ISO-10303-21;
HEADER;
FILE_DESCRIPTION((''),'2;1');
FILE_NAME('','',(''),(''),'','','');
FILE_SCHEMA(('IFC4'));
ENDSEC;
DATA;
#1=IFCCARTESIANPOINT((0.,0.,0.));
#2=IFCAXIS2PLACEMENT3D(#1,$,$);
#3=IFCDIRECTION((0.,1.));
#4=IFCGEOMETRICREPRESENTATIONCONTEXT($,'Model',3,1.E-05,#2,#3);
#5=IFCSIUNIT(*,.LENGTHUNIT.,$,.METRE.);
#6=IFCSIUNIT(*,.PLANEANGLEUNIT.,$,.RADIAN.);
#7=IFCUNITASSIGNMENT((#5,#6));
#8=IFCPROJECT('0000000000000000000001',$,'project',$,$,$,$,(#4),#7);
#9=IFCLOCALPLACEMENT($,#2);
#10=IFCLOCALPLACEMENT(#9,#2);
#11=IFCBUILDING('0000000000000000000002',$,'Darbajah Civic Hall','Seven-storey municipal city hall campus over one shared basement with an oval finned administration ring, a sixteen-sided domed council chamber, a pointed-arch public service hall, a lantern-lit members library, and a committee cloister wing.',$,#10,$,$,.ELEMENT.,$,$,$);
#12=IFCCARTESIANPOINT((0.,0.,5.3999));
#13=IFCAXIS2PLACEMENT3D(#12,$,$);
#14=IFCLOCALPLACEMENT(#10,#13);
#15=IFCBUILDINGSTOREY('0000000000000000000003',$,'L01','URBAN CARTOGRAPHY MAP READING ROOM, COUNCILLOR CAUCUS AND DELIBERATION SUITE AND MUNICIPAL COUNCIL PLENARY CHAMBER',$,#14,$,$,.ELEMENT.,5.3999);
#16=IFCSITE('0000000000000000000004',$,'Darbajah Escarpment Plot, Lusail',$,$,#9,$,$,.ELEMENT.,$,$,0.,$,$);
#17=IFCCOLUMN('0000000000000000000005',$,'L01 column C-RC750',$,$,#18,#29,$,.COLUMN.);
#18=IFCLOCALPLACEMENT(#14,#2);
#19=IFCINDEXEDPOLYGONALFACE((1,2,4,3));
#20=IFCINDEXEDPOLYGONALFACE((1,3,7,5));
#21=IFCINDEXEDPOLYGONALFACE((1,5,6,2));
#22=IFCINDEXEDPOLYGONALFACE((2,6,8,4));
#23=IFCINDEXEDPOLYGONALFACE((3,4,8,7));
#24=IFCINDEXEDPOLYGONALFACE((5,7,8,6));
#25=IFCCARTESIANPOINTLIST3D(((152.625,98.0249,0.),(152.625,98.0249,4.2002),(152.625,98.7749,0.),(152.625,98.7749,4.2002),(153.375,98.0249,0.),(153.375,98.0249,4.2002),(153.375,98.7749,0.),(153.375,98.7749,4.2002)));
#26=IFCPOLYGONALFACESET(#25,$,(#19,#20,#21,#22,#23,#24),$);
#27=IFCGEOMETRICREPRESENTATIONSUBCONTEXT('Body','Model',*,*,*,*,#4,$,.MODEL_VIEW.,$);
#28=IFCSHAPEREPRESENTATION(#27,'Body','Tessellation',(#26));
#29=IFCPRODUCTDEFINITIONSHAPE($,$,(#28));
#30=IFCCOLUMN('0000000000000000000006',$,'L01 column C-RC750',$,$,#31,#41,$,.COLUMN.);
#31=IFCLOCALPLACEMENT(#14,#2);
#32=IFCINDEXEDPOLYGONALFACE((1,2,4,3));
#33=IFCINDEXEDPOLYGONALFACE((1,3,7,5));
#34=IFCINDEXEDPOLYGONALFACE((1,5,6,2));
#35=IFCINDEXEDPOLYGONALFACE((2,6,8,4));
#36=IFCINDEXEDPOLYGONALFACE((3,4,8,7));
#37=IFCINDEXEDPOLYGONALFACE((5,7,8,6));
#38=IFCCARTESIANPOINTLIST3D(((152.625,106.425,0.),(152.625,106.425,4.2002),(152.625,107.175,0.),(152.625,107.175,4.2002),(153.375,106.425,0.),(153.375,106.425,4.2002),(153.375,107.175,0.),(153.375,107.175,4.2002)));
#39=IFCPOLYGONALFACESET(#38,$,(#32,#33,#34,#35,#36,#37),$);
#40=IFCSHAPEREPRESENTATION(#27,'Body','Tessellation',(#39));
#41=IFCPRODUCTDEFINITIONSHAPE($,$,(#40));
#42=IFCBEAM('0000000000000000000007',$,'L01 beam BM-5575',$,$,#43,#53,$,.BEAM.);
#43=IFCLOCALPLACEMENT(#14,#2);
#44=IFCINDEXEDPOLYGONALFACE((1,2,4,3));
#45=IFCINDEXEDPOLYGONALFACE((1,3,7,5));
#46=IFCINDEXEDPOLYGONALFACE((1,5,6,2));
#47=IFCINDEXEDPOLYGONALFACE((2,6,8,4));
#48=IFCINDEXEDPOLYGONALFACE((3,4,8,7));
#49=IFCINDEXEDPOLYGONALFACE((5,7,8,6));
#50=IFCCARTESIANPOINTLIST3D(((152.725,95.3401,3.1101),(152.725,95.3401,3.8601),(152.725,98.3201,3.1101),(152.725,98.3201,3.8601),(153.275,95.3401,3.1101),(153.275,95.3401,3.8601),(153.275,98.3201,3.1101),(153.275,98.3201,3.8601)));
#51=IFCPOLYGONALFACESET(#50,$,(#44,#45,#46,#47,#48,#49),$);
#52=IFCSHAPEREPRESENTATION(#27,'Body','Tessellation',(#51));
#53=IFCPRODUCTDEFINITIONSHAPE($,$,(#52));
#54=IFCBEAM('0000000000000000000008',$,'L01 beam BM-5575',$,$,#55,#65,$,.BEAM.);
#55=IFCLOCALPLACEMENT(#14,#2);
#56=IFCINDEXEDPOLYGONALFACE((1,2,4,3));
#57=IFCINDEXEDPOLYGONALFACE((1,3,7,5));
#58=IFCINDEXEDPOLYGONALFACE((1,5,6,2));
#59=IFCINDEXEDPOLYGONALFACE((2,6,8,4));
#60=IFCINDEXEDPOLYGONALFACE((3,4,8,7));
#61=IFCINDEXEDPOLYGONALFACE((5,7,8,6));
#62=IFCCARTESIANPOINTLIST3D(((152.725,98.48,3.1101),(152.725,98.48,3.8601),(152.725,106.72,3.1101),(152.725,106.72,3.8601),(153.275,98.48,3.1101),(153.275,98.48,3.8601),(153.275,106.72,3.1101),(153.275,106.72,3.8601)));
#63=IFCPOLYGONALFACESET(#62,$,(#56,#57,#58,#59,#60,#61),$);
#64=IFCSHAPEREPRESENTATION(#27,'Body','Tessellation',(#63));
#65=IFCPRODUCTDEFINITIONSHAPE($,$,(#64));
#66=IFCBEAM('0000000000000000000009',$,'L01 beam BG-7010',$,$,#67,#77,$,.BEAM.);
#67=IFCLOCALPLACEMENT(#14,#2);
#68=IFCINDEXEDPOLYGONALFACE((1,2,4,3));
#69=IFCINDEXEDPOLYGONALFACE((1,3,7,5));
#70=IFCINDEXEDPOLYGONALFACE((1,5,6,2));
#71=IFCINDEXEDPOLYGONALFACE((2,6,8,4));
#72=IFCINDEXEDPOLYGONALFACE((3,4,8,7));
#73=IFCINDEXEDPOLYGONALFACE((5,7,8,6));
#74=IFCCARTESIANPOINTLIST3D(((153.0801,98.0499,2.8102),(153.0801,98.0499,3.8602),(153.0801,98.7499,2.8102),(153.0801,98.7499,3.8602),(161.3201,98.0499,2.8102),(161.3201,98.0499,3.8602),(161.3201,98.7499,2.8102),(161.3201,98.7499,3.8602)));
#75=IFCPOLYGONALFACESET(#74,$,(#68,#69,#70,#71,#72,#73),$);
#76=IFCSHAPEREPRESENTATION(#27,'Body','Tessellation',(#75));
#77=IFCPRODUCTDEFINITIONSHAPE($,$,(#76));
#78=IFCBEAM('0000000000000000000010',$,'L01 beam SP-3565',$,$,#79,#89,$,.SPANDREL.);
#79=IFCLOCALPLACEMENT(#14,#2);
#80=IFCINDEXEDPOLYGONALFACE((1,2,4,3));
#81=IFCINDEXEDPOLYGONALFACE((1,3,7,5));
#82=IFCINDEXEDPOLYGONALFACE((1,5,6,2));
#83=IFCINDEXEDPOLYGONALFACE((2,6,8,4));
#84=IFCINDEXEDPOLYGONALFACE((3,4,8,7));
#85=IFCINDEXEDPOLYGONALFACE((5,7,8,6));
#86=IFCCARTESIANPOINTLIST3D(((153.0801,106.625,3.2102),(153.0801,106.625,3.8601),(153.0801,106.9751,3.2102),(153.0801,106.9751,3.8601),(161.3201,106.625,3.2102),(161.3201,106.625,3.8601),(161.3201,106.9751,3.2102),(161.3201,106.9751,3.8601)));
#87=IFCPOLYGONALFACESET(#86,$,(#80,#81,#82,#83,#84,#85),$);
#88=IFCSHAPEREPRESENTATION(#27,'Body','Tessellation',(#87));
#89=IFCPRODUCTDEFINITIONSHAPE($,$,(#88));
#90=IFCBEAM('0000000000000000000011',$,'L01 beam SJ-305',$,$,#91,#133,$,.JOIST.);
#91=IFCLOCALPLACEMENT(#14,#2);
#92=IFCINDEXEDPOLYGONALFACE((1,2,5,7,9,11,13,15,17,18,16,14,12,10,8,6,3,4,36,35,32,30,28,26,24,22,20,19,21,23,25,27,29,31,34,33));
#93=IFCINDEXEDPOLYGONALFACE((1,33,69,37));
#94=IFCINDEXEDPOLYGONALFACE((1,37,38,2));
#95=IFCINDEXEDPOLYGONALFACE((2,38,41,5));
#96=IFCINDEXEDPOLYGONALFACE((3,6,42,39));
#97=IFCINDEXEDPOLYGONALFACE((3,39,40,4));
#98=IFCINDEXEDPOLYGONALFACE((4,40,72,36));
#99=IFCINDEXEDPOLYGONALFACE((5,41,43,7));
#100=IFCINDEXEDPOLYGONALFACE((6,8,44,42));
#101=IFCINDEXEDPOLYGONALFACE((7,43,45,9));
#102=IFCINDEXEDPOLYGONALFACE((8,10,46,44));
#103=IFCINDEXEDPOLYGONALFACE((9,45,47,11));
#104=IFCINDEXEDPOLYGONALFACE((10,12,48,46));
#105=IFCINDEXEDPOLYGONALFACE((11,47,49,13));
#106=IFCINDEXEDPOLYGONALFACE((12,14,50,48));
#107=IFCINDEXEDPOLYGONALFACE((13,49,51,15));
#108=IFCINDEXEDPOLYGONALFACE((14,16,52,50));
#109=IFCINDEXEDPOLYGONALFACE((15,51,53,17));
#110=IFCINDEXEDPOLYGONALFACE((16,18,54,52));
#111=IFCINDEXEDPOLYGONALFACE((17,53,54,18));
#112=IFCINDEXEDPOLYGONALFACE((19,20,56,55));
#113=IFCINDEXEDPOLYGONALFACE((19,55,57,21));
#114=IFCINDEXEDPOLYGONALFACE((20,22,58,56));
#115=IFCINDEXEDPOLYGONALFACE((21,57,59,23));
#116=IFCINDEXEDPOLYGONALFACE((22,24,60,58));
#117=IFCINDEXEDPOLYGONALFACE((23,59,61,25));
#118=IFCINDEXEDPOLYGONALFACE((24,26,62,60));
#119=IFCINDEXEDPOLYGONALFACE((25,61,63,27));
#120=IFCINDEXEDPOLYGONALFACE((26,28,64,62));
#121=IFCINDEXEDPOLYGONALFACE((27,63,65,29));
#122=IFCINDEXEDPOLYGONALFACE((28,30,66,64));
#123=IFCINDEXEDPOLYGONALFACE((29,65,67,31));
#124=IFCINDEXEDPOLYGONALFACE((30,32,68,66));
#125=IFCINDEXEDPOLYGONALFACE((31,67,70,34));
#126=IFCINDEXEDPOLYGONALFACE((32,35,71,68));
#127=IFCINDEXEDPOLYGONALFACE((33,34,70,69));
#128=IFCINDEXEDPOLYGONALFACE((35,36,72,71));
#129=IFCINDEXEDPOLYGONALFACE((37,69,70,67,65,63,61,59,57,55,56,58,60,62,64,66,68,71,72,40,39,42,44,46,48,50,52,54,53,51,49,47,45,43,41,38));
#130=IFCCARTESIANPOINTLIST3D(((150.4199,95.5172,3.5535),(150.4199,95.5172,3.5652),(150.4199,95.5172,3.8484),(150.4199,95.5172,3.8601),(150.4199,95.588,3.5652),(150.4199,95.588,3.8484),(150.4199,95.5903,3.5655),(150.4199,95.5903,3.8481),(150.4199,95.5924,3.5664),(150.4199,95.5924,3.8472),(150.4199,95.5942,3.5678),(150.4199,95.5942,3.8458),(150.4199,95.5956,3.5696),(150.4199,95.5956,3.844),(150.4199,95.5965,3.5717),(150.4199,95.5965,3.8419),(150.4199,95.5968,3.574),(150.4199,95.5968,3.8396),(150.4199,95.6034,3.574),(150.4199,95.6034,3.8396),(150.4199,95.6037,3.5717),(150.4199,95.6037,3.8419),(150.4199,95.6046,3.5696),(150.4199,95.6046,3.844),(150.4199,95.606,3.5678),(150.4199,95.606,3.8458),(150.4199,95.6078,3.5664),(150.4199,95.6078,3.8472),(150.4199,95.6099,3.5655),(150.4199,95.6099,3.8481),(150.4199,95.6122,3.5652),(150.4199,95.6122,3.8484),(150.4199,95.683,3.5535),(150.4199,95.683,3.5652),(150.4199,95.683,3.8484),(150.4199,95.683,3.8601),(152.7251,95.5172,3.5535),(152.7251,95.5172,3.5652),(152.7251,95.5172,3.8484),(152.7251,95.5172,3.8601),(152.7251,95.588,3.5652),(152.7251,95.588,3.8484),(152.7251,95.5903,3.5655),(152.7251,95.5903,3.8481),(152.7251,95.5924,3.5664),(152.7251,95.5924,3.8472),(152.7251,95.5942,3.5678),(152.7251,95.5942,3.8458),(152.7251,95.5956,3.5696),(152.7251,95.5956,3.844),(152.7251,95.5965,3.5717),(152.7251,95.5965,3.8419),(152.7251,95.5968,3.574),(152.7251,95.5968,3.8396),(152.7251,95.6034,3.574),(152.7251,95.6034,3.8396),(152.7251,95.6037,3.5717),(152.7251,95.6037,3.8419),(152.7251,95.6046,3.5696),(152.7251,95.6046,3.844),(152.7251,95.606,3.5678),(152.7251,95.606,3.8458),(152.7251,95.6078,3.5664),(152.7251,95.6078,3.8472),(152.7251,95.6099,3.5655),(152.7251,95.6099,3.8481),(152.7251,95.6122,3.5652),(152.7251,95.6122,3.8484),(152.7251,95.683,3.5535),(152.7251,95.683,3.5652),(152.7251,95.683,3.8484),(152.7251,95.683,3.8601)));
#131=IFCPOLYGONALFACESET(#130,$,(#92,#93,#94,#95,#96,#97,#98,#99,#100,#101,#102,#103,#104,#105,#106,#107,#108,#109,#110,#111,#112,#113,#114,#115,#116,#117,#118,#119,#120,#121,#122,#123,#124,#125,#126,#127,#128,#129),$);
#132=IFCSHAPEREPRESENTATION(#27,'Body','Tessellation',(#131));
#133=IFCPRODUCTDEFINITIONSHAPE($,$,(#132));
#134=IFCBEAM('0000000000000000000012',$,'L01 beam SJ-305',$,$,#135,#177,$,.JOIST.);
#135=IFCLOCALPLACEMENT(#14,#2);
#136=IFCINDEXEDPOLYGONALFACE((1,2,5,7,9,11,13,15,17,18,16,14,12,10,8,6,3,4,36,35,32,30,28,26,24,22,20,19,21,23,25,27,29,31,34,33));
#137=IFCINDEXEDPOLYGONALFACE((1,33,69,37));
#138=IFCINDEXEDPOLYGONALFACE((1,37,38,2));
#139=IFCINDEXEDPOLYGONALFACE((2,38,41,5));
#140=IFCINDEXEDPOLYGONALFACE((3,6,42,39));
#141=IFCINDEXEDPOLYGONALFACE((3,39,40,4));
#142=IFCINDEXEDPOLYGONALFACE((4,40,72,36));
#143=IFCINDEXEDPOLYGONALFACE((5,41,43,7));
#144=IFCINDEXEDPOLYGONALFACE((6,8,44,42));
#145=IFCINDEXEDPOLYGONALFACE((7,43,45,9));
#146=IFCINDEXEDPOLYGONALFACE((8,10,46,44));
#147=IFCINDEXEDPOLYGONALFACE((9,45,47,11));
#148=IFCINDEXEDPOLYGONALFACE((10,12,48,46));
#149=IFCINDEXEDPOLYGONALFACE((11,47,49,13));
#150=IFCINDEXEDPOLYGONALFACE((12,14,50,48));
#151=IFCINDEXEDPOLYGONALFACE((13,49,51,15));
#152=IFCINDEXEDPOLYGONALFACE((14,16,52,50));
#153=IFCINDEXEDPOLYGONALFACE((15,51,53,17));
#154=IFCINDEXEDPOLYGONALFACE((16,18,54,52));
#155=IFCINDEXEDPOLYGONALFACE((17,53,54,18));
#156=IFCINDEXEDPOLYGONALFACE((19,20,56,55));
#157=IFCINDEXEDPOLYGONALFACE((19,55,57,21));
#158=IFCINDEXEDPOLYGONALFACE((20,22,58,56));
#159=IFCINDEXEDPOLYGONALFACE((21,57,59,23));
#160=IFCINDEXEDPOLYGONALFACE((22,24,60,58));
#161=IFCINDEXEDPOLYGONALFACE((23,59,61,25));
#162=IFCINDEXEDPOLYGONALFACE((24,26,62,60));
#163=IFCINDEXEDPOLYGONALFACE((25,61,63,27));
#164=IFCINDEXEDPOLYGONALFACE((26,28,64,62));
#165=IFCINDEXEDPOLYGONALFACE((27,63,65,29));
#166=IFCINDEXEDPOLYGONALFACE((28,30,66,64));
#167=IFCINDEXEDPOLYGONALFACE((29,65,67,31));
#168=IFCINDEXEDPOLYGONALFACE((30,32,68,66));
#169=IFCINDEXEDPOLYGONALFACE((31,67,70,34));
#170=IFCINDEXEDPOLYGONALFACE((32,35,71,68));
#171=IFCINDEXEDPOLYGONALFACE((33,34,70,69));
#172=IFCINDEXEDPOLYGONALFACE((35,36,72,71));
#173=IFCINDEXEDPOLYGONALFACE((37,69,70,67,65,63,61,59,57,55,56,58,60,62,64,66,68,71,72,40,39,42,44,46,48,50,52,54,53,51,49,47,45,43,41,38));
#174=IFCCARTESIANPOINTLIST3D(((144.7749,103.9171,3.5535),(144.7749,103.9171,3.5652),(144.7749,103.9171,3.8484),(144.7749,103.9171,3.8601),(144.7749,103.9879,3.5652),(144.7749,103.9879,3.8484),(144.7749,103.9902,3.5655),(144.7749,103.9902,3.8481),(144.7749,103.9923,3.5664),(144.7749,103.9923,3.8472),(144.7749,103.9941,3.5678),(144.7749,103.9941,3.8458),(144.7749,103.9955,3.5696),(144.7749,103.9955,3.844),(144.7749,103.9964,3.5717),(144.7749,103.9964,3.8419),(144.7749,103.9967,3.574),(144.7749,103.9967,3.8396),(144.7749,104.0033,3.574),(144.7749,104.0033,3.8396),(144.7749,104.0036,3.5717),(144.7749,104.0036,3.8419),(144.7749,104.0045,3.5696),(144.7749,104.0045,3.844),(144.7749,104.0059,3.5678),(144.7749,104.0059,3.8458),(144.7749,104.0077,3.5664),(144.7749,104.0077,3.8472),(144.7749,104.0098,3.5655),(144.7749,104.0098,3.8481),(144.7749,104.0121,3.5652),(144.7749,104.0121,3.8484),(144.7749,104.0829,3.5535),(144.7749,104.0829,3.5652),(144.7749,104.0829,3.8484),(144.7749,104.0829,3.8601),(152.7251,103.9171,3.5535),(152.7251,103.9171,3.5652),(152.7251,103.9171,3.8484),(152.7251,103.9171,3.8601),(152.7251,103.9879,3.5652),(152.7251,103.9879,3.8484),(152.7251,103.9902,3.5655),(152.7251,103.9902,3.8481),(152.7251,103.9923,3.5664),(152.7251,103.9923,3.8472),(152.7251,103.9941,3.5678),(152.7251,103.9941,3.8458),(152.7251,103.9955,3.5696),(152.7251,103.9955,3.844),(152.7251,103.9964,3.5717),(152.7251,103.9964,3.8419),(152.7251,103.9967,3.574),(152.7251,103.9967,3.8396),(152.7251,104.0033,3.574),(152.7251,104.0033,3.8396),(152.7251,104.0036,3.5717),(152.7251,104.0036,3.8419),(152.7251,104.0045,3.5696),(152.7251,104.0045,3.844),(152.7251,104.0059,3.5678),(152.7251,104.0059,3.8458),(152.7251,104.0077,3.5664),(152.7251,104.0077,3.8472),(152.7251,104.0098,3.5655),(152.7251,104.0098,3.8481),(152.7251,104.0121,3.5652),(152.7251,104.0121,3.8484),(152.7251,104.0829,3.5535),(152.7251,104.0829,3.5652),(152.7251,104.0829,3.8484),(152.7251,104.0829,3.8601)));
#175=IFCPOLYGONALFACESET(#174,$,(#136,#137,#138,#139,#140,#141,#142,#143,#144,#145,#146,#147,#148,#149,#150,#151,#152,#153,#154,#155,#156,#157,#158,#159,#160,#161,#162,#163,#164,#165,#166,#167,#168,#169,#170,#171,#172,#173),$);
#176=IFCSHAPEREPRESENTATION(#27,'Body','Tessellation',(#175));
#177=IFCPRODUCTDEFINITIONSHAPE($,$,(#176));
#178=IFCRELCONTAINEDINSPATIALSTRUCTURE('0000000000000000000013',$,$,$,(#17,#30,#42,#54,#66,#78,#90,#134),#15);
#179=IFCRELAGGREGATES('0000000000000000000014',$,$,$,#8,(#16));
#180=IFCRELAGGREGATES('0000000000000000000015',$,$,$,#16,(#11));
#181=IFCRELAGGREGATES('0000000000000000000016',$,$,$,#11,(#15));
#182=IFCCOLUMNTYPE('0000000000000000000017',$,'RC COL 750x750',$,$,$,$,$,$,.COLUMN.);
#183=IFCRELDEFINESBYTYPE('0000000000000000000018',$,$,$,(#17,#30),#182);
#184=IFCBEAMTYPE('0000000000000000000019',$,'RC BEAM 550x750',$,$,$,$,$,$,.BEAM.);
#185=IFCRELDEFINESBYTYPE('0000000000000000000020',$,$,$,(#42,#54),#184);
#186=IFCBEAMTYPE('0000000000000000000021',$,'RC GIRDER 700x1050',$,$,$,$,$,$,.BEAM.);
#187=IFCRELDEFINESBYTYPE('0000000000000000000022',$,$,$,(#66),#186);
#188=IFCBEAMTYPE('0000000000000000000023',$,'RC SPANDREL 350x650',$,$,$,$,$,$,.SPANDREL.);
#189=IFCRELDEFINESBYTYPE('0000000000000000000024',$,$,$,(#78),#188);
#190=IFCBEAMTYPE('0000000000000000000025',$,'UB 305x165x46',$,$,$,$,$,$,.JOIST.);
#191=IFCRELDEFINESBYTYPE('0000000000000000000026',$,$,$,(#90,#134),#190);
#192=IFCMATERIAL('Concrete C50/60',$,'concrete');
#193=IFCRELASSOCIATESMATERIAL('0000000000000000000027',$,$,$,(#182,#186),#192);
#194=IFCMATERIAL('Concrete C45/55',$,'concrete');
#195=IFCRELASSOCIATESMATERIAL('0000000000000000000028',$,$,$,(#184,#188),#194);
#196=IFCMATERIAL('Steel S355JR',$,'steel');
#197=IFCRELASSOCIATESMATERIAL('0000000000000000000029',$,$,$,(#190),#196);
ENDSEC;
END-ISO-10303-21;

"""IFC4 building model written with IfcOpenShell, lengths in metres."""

from ifc_helpers import new_model, si_unit, direction, frame, origin, origin_2d, place, context, subcontext, project, spatial, rectangle, i_section, extrude, material, material_profile, profile_set, type_object, element, save


model = new_model("IFC4")

# Units and contexts
model_context = context("Model", 3, precision=1e-05, world=origin(), true_north=direction((0.0, 1.0)))
body_context = subcontext(model_context, "Body", "Model", "MODEL_VIEW")
ifc_project = project(units=[si_unit("LENGTHUNIT", "METRE"), si_unit("PLANEANGLEUNIT", "RADIAN")], contexts=[model_context])

# Site, building, storey
site_placement = place(None, origin())
site = spatial("IfcSite", under=ifc_project, at=site_placement, Name="Darbajah Escarpment Plot, Lusail", CompositionType="ELEMENT", RefElevation=0.0)
building_placement = place(site_placement, origin())
building = spatial("IfcBuilding", under=site, at=building_placement, Name="Darbajah Civic Hall", Description="Seven-storey municipal city hall campus over one shared basement with an oval finned administration ring, a sixteen-sided domed council chamber, a pointed-arch public service hall, a lantern-lit members library, and a committee cloister wing.", CompositionType="ELEMENT")
storey_placement = place(building_placement, frame((0.0, 0.0, 5.3999)))
storey = spatial("IfcBuildingStorey", under=building, at=storey_placement, Name="L01", Description="URBAN CARTOGRAPHY MAP READING ROOM, COUNCILLOR CAUCUS AND DELIBERATION SUITE AND MUNICIPAL COUNCIL PLENARY CHAMBER", CompositionType="ELEMENT", Elevation=5.3999)

# Columns
ifc_material_1 = material(Name="Concrete C50/60", Category="concrete")
ifc_material_profile_1 = material_profile(ifc_material_1, rectangle(XDim=0.75, YDim=0.75, at=origin_2d()), Name="RC COL 750x750")
ifc_profile_set_1 = profile_set([ifc_material_profile_1], Name="Concrete C50/60")
column_type = type_object("IfcColumnType", Name="RC COL 750x750", PredefinedType="COLUMN", material=ifc_profile_set_1)
for number, where, z_axis, x_axis, name in (
    (1, (153.0, 98.3999, 0.0), (0.0, 0.0, 1.0), (1.0, 0.0, 0.0), "L01 column C-RC750"),
    (2, (153.0, 106.8, 0.0), (0.0, 0.0, 1.0), (1.0, 0.0, 0.0), "L01 column C-RC750"),
):
    element("IfcColumn", number, at=place(storey_placement, frame(where, z_axis=z_axis, x_axis=x_axis)), inside=storey, type_object=column_type, Name=name, PredefinedType="COLUMN", context=body_context, shape_type="SweptSolid", body=[
        extrude(rectangle(XDim=0.75, YDim=0.75, at=origin_2d()), origin(), (0.0, 0.0, 1.0), 4.2002),
    ])

# Beams
ifc_material_2 = material(Name="Concrete C45/55", Category="concrete")
ifc_material_profile_2 = material_profile(ifc_material_2, rectangle(XDim=0.55, YDim=0.75, at=origin_2d()), Name="RC BEAM 550x750")
ifc_profile_set_2 = profile_set([ifc_material_profile_2], Name="Concrete C45/55")
beam_type_1 = type_object("IfcBeamType", Name="RC BEAM 550x750", PredefinedType="BEAM", material=ifc_profile_set_2)
beam_1_placement = place(storey_placement, frame((153.0, 95.3401, 3.4851), z_axis=(0.0, 1.0, 0.0), x_axis=(-1.0, 0.0, 0.0)))
element("IfcBeam", 3, at=beam_1_placement, inside=storey, type_object=beam_type_1, Name="L01 beam BM-5575", PredefinedType="BEAM", context=body_context, shape_type="SweptSolid", body=[
    extrude(rectangle(XDim=0.55, YDim=0.75, at=origin_2d()), origin(), (0.0, 0.0, 1.0), 2.98),
])
beam_2_placement = place(storey_placement, frame((153.0, 98.48, 3.4851), z_axis=(0.0, 1.0, 0.0), x_axis=(-1.0, 0.0, 0.0)))
element("IfcBeam", 4, at=beam_2_placement, inside=storey, type_object=beam_type_1, Name="L01 beam BM-5575", PredefinedType="BEAM", context=body_context, shape_type="SweptSolid", body=[
    extrude(rectangle(XDim=0.55, YDim=0.75, at=origin_2d()), origin(), (0.0, 0.0, 1.0), 8.24),
])
ifc_material_profile_3 = material_profile(ifc_material_1, rectangle(XDim=0.7, YDim=1.05, at=origin_2d()), Name="RC GIRDER 700x1050")
ifc_profile_set_3 = profile_set([ifc_material_profile_3], Name="Concrete C50/60")
beam_type_2 = type_object("IfcBeamType", Name="RC GIRDER 700x1050", PredefinedType="BEAM", material=ifc_profile_set_3)
beam_3_placement = place(storey_placement, frame((153.0801, 98.3999, 3.3352), z_axis=(1.0, 0.0, 0.0), x_axis=(0.0, 1.0, 0.0)))
element("IfcBeam", 5, at=beam_3_placement, inside=storey, type_object=beam_type_2, Name="L01 beam BG-7010", PredefinedType="BEAM", context=body_context, shape_type="SweptSolid", body=[
    extrude(rectangle(XDim=0.7, YDim=1.05, at=origin_2d()), origin(), (0.0, 0.0, 1.0), 8.24),
])
ifc_material_profile_4 = material_profile(ifc_material_2, rectangle(XDim=0.3501, YDim=0.6499, at=origin_2d()), Name="RC SPANDREL 350x650")
ifc_profile_set_4 = profile_set([ifc_material_profile_4], Name="Concrete C45/55")
beam_type_3 = type_object("IfcBeamType", Name="RC SPANDREL 350x650", PredefinedType="SPANDREL", material=ifc_profile_set_4)
beam_4_placement = place(storey_placement, frame((153.0801, 106.8, 3.5352), z_axis=(1.0, 0.0, 0.0), x_axis=(0.0, 1.0, 0.0)))
element("IfcBeam", 6, at=beam_4_placement, inside=storey, type_object=beam_type_3, Name="L01 beam SP-3565", PredefinedType="SPANDREL", context=body_context, shape_type="SweptSolid", body=[
    extrude(rectangle(XDim=0.3501, YDim=0.6499, at=origin_2d()), origin(), (0.0, 0.0, 1.0), 8.24),
])
ifc_material_3 = material(Name="Steel S355JR", Category="steel")
ifc_material_profile_5 = material_profile(ifc_material_3, i_section(OverallWidth=0.1658, OverallDepth=0.3066, WebThickness=0.0066, FlangeThickness=0.0117, FilletRadius=0.0088, at=origin_2d()), Name="UB 305x165x46")
ifc_profile_set_5 = profile_set([ifc_material_profile_5], Name="Steel S355JR")
beam_type_4 = type_object("IfcBeamType", Name="UB 305x165x46", PredefinedType="JOIST", material=ifc_profile_set_5)
beam_5_placement = place(storey_placement, frame((150.4199, 95.6001, 3.7068), z_axis=(1.0, 0.0, 0.0), x_axis=(0.0, 1.0, 0.0)))
element("IfcBeam", 7, at=beam_5_placement, inside=storey, type_object=beam_type_4, Name="L01 beam SJ-305", PredefinedType="JOIST", context=body_context, shape_type="SweptSolid", body=[
    extrude(i_section(OverallWidth=0.1658, OverallDepth=0.3066, WebThickness=0.0066, FlangeThickness=0.0117, FilletRadius=0.0088, at=origin_2d()), origin(), (0.0, 0.0, 1.0), 2.3052),
])
beam_6_placement = place(storey_placement, frame((144.7749, 104.0, 3.7068), z_axis=(1.0, 0.0, 0.0), x_axis=(0.0, 1.0, 0.0)))
element("IfcBeam", 8, at=beam_6_placement, inside=storey, type_object=beam_type_4, Name="L01 beam SJ-305", PredefinedType="JOIST", context=body_context, shape_type="SweptSolid", body=[
    extrude(i_section(OverallWidth=0.1658, OverallDepth=0.3066, WebThickness=0.0066, FlangeThickness=0.0117, FilletRadius=0.0088, at=origin_2d()), origin(), (0.0, 0.0, 1.0), 7.9502),
])

save(model, "model.ifc")
